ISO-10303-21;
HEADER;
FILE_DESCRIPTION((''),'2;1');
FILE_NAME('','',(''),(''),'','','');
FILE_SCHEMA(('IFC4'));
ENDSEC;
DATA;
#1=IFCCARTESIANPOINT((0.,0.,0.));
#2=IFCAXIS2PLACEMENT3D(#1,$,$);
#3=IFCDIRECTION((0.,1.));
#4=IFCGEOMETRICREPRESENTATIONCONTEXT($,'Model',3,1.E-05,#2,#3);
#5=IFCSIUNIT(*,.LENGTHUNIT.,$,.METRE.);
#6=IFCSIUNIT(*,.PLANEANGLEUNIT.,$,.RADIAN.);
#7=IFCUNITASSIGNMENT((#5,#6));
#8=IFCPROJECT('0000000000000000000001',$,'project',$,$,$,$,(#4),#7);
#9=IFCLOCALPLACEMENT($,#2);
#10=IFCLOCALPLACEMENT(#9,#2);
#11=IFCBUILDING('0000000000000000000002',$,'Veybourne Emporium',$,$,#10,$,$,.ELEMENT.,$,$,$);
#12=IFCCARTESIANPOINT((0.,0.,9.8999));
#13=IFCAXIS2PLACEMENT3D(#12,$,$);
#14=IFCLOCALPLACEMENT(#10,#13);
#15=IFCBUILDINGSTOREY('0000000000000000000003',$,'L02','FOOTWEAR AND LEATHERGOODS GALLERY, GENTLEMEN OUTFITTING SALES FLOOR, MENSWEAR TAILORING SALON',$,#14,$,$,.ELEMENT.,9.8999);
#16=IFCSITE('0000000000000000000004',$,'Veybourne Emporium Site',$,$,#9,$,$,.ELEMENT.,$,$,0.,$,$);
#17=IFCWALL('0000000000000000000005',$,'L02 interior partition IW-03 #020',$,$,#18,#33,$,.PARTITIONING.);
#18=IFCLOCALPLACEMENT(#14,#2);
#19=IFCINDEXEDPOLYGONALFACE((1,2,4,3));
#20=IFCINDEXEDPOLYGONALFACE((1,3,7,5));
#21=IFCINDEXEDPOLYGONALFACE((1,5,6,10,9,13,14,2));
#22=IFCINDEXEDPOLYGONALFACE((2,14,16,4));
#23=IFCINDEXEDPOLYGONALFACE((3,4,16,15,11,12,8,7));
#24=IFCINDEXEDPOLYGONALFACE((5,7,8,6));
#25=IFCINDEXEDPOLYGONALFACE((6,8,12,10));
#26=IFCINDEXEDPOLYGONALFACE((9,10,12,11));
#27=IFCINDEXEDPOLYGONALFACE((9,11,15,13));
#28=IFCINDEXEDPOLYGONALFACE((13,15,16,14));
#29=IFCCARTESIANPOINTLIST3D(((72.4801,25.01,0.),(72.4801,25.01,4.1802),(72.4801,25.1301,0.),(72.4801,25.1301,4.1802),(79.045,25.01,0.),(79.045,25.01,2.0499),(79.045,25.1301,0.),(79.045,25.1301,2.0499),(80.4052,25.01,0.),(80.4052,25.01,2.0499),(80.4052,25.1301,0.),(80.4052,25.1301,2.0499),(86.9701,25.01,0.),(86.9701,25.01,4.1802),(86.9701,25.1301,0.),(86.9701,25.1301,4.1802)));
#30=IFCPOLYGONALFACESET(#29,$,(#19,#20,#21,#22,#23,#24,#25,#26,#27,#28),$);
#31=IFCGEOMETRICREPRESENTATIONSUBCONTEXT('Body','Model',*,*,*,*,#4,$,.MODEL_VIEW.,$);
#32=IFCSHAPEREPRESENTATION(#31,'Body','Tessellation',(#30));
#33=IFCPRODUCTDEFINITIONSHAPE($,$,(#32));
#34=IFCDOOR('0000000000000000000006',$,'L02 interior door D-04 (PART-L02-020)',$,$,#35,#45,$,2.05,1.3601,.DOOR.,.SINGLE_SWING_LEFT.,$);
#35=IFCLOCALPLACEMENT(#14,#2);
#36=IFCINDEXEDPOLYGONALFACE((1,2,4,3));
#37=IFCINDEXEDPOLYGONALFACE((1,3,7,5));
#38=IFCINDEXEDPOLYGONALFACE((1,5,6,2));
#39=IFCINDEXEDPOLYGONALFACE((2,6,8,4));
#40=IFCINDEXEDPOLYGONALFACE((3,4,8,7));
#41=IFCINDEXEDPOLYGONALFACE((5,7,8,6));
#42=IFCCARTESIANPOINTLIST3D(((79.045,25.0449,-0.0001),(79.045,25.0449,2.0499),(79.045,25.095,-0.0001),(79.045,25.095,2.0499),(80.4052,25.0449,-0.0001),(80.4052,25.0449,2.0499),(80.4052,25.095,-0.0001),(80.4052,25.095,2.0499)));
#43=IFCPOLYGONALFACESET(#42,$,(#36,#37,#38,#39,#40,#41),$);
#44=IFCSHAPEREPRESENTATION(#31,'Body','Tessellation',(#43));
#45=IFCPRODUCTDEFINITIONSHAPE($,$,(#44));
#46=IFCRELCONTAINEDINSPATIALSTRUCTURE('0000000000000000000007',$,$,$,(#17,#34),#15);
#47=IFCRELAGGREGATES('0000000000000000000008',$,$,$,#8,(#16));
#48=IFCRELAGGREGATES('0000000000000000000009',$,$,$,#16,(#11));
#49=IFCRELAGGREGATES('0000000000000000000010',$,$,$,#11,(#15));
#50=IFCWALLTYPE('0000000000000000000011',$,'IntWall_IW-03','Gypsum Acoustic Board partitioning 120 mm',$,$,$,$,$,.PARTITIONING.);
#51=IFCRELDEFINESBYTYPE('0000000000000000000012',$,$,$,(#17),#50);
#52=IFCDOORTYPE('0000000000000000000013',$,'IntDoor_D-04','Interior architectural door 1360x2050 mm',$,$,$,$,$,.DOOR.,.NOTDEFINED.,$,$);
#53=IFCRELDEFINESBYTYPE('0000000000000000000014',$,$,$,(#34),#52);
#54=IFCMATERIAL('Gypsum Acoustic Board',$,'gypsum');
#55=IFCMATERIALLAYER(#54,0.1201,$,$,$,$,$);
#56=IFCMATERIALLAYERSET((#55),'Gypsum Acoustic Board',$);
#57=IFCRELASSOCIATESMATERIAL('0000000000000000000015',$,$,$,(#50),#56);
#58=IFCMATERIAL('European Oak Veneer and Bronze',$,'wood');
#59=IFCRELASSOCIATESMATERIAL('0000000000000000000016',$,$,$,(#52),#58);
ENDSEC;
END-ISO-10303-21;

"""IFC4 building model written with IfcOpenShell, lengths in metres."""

from ifc_helpers import new_model, si_unit, direction, frame, frame_2d, origin, place, context, subcontext, project, spatial, rectangle, extrude, material, layer, layer_set, type_object, element, fill, save


model = new_model("IFC4")

# Units and contexts
model_context = context("Model", 3, precision=1e-05, world=origin(), true_north=direction((0.0, 1.0)))
body_context = subcontext(model_context, "Body", "Model", "MODEL_VIEW")
ifc_project = project(units=[si_unit("LENGTHUNIT", "METRE"), si_unit("PLANEANGLEUNIT", "RADIAN")], contexts=[model_context])

# Site, building, storey
site_placement = place(None, origin())
site = spatial("IfcSite", under=ifc_project, at=site_placement, Name="Veybourne Emporium Site", CompositionType="ELEMENT", RefElevation=0.0)
building_placement = place(site_placement, origin())
building = spatial("IfcBuilding", under=site, at=building_placement, Name="Veybourne Emporium", CompositionType="ELEMENT")
storey_placement = place(building_placement, frame((0.0, 0.0, 9.8999)))
storey = spatial("IfcBuildingStorey", under=building, at=storey_placement, Name="L02", Description="FOOTWEAR AND LEATHERGOODS GALLERY, GENTLEMEN OUTFITTING SALES FLOOR, MENSWEAR TAILORING SALON", CompositionType="ELEMENT", Elevation=9.8999)

# Wall, opening, door
ifc_material_1 = material(Name="Gypsum Acoustic Board", Category="gypsum")
ifc_material_2 = material(Name="European Oak Veneer and Bronze", Category="wood")
ifc_layer_1 = layer(ifc_material_1, 0.1201)
ifc_layer_set_1 = layer_set([ifc_layer_1], Name="Gypsum Acoustic Board")
wall_type_1 = type_object("IfcWallType", Name="IntWall_IW-03", Description="Gypsum Acoustic Board partitioning 120 mm", PredefinedType="PARTITIONING", material=ifc_layer_set_1)
wall_1_placement = place(storey_placement, frame((72.48, 25.0701, 0.0), z_axis=(0.0, 0.0, 1.0), x_axis=(1.0, 0.0, 0.0)))
wall_1 = element("IfcWall", 1, at=wall_1_placement, inside=storey, type_object=wall_type_1, Name="L02 interior partition IW-03 #020", PredefinedType="PARTITIONING", context=body_context, shape_type="SweptSolid", body=[
    extrude(rectangle(XDim=14.49, YDim=0.1201, at=frame_2d((7.2451, 0.0))), origin(), (0.0, 0.0, 1.0), 4.1802),
])
opening_1_placement = place(wall_1_placement, frame((6.5649, 0.0, 0.0)))
opening_1 = element("IfcOpeningElement", 2, at=opening_1_placement, cuts=wall_1, PredefinedType="OPENING", context=body_context, shape_type="SweptSolid", body=[
    extrude(rectangle(XDim=1.3601, YDim=2.05, at=frame_2d((0.6802, 1.0249))), frame((0.0, 0.0801, 0.0), z_axis=(0.0, -1.0, 0.0), x_axis=(1.0, 0.0, 0.0)), (0.0, 0.0, 1.0), 0.1602),
])
door_type_1 = type_object("IfcDoorType", Name="IntDoor_D-04", Description="Interior architectural door 1360x2050 mm", OperationType="NOTDEFINED", PredefinedType="DOOR", material=ifc_material_2)
door_1_placement = place(opening_1_placement, origin())
door_1 = element("IfcDoor", 3, at=door_1_placement, inside=storey, type_object=door_type_1, Name="L02 interior door D-04 (PART-L02-020)", OperationType="SINGLE_SWING_LEFT", OverallHeight=2.05, OverallWidth=1.3601, PredefinedType="DOOR", context=body_context, shape_type="SweptSolid", body=[
    extrude(rectangle(XDim=1.3601, YDim=2.05, at=frame_2d((0.6802, 1.0249))), frame((0.0, 0.0249, 0.0), z_axis=(0.0, -1.0, 0.0), x_axis=(1.0, 0.0, 0.0)), (0.0, 0.0, 1.0), 0.05),
])
fill(opening_1, door_1)

save(model, "model.ifc")
